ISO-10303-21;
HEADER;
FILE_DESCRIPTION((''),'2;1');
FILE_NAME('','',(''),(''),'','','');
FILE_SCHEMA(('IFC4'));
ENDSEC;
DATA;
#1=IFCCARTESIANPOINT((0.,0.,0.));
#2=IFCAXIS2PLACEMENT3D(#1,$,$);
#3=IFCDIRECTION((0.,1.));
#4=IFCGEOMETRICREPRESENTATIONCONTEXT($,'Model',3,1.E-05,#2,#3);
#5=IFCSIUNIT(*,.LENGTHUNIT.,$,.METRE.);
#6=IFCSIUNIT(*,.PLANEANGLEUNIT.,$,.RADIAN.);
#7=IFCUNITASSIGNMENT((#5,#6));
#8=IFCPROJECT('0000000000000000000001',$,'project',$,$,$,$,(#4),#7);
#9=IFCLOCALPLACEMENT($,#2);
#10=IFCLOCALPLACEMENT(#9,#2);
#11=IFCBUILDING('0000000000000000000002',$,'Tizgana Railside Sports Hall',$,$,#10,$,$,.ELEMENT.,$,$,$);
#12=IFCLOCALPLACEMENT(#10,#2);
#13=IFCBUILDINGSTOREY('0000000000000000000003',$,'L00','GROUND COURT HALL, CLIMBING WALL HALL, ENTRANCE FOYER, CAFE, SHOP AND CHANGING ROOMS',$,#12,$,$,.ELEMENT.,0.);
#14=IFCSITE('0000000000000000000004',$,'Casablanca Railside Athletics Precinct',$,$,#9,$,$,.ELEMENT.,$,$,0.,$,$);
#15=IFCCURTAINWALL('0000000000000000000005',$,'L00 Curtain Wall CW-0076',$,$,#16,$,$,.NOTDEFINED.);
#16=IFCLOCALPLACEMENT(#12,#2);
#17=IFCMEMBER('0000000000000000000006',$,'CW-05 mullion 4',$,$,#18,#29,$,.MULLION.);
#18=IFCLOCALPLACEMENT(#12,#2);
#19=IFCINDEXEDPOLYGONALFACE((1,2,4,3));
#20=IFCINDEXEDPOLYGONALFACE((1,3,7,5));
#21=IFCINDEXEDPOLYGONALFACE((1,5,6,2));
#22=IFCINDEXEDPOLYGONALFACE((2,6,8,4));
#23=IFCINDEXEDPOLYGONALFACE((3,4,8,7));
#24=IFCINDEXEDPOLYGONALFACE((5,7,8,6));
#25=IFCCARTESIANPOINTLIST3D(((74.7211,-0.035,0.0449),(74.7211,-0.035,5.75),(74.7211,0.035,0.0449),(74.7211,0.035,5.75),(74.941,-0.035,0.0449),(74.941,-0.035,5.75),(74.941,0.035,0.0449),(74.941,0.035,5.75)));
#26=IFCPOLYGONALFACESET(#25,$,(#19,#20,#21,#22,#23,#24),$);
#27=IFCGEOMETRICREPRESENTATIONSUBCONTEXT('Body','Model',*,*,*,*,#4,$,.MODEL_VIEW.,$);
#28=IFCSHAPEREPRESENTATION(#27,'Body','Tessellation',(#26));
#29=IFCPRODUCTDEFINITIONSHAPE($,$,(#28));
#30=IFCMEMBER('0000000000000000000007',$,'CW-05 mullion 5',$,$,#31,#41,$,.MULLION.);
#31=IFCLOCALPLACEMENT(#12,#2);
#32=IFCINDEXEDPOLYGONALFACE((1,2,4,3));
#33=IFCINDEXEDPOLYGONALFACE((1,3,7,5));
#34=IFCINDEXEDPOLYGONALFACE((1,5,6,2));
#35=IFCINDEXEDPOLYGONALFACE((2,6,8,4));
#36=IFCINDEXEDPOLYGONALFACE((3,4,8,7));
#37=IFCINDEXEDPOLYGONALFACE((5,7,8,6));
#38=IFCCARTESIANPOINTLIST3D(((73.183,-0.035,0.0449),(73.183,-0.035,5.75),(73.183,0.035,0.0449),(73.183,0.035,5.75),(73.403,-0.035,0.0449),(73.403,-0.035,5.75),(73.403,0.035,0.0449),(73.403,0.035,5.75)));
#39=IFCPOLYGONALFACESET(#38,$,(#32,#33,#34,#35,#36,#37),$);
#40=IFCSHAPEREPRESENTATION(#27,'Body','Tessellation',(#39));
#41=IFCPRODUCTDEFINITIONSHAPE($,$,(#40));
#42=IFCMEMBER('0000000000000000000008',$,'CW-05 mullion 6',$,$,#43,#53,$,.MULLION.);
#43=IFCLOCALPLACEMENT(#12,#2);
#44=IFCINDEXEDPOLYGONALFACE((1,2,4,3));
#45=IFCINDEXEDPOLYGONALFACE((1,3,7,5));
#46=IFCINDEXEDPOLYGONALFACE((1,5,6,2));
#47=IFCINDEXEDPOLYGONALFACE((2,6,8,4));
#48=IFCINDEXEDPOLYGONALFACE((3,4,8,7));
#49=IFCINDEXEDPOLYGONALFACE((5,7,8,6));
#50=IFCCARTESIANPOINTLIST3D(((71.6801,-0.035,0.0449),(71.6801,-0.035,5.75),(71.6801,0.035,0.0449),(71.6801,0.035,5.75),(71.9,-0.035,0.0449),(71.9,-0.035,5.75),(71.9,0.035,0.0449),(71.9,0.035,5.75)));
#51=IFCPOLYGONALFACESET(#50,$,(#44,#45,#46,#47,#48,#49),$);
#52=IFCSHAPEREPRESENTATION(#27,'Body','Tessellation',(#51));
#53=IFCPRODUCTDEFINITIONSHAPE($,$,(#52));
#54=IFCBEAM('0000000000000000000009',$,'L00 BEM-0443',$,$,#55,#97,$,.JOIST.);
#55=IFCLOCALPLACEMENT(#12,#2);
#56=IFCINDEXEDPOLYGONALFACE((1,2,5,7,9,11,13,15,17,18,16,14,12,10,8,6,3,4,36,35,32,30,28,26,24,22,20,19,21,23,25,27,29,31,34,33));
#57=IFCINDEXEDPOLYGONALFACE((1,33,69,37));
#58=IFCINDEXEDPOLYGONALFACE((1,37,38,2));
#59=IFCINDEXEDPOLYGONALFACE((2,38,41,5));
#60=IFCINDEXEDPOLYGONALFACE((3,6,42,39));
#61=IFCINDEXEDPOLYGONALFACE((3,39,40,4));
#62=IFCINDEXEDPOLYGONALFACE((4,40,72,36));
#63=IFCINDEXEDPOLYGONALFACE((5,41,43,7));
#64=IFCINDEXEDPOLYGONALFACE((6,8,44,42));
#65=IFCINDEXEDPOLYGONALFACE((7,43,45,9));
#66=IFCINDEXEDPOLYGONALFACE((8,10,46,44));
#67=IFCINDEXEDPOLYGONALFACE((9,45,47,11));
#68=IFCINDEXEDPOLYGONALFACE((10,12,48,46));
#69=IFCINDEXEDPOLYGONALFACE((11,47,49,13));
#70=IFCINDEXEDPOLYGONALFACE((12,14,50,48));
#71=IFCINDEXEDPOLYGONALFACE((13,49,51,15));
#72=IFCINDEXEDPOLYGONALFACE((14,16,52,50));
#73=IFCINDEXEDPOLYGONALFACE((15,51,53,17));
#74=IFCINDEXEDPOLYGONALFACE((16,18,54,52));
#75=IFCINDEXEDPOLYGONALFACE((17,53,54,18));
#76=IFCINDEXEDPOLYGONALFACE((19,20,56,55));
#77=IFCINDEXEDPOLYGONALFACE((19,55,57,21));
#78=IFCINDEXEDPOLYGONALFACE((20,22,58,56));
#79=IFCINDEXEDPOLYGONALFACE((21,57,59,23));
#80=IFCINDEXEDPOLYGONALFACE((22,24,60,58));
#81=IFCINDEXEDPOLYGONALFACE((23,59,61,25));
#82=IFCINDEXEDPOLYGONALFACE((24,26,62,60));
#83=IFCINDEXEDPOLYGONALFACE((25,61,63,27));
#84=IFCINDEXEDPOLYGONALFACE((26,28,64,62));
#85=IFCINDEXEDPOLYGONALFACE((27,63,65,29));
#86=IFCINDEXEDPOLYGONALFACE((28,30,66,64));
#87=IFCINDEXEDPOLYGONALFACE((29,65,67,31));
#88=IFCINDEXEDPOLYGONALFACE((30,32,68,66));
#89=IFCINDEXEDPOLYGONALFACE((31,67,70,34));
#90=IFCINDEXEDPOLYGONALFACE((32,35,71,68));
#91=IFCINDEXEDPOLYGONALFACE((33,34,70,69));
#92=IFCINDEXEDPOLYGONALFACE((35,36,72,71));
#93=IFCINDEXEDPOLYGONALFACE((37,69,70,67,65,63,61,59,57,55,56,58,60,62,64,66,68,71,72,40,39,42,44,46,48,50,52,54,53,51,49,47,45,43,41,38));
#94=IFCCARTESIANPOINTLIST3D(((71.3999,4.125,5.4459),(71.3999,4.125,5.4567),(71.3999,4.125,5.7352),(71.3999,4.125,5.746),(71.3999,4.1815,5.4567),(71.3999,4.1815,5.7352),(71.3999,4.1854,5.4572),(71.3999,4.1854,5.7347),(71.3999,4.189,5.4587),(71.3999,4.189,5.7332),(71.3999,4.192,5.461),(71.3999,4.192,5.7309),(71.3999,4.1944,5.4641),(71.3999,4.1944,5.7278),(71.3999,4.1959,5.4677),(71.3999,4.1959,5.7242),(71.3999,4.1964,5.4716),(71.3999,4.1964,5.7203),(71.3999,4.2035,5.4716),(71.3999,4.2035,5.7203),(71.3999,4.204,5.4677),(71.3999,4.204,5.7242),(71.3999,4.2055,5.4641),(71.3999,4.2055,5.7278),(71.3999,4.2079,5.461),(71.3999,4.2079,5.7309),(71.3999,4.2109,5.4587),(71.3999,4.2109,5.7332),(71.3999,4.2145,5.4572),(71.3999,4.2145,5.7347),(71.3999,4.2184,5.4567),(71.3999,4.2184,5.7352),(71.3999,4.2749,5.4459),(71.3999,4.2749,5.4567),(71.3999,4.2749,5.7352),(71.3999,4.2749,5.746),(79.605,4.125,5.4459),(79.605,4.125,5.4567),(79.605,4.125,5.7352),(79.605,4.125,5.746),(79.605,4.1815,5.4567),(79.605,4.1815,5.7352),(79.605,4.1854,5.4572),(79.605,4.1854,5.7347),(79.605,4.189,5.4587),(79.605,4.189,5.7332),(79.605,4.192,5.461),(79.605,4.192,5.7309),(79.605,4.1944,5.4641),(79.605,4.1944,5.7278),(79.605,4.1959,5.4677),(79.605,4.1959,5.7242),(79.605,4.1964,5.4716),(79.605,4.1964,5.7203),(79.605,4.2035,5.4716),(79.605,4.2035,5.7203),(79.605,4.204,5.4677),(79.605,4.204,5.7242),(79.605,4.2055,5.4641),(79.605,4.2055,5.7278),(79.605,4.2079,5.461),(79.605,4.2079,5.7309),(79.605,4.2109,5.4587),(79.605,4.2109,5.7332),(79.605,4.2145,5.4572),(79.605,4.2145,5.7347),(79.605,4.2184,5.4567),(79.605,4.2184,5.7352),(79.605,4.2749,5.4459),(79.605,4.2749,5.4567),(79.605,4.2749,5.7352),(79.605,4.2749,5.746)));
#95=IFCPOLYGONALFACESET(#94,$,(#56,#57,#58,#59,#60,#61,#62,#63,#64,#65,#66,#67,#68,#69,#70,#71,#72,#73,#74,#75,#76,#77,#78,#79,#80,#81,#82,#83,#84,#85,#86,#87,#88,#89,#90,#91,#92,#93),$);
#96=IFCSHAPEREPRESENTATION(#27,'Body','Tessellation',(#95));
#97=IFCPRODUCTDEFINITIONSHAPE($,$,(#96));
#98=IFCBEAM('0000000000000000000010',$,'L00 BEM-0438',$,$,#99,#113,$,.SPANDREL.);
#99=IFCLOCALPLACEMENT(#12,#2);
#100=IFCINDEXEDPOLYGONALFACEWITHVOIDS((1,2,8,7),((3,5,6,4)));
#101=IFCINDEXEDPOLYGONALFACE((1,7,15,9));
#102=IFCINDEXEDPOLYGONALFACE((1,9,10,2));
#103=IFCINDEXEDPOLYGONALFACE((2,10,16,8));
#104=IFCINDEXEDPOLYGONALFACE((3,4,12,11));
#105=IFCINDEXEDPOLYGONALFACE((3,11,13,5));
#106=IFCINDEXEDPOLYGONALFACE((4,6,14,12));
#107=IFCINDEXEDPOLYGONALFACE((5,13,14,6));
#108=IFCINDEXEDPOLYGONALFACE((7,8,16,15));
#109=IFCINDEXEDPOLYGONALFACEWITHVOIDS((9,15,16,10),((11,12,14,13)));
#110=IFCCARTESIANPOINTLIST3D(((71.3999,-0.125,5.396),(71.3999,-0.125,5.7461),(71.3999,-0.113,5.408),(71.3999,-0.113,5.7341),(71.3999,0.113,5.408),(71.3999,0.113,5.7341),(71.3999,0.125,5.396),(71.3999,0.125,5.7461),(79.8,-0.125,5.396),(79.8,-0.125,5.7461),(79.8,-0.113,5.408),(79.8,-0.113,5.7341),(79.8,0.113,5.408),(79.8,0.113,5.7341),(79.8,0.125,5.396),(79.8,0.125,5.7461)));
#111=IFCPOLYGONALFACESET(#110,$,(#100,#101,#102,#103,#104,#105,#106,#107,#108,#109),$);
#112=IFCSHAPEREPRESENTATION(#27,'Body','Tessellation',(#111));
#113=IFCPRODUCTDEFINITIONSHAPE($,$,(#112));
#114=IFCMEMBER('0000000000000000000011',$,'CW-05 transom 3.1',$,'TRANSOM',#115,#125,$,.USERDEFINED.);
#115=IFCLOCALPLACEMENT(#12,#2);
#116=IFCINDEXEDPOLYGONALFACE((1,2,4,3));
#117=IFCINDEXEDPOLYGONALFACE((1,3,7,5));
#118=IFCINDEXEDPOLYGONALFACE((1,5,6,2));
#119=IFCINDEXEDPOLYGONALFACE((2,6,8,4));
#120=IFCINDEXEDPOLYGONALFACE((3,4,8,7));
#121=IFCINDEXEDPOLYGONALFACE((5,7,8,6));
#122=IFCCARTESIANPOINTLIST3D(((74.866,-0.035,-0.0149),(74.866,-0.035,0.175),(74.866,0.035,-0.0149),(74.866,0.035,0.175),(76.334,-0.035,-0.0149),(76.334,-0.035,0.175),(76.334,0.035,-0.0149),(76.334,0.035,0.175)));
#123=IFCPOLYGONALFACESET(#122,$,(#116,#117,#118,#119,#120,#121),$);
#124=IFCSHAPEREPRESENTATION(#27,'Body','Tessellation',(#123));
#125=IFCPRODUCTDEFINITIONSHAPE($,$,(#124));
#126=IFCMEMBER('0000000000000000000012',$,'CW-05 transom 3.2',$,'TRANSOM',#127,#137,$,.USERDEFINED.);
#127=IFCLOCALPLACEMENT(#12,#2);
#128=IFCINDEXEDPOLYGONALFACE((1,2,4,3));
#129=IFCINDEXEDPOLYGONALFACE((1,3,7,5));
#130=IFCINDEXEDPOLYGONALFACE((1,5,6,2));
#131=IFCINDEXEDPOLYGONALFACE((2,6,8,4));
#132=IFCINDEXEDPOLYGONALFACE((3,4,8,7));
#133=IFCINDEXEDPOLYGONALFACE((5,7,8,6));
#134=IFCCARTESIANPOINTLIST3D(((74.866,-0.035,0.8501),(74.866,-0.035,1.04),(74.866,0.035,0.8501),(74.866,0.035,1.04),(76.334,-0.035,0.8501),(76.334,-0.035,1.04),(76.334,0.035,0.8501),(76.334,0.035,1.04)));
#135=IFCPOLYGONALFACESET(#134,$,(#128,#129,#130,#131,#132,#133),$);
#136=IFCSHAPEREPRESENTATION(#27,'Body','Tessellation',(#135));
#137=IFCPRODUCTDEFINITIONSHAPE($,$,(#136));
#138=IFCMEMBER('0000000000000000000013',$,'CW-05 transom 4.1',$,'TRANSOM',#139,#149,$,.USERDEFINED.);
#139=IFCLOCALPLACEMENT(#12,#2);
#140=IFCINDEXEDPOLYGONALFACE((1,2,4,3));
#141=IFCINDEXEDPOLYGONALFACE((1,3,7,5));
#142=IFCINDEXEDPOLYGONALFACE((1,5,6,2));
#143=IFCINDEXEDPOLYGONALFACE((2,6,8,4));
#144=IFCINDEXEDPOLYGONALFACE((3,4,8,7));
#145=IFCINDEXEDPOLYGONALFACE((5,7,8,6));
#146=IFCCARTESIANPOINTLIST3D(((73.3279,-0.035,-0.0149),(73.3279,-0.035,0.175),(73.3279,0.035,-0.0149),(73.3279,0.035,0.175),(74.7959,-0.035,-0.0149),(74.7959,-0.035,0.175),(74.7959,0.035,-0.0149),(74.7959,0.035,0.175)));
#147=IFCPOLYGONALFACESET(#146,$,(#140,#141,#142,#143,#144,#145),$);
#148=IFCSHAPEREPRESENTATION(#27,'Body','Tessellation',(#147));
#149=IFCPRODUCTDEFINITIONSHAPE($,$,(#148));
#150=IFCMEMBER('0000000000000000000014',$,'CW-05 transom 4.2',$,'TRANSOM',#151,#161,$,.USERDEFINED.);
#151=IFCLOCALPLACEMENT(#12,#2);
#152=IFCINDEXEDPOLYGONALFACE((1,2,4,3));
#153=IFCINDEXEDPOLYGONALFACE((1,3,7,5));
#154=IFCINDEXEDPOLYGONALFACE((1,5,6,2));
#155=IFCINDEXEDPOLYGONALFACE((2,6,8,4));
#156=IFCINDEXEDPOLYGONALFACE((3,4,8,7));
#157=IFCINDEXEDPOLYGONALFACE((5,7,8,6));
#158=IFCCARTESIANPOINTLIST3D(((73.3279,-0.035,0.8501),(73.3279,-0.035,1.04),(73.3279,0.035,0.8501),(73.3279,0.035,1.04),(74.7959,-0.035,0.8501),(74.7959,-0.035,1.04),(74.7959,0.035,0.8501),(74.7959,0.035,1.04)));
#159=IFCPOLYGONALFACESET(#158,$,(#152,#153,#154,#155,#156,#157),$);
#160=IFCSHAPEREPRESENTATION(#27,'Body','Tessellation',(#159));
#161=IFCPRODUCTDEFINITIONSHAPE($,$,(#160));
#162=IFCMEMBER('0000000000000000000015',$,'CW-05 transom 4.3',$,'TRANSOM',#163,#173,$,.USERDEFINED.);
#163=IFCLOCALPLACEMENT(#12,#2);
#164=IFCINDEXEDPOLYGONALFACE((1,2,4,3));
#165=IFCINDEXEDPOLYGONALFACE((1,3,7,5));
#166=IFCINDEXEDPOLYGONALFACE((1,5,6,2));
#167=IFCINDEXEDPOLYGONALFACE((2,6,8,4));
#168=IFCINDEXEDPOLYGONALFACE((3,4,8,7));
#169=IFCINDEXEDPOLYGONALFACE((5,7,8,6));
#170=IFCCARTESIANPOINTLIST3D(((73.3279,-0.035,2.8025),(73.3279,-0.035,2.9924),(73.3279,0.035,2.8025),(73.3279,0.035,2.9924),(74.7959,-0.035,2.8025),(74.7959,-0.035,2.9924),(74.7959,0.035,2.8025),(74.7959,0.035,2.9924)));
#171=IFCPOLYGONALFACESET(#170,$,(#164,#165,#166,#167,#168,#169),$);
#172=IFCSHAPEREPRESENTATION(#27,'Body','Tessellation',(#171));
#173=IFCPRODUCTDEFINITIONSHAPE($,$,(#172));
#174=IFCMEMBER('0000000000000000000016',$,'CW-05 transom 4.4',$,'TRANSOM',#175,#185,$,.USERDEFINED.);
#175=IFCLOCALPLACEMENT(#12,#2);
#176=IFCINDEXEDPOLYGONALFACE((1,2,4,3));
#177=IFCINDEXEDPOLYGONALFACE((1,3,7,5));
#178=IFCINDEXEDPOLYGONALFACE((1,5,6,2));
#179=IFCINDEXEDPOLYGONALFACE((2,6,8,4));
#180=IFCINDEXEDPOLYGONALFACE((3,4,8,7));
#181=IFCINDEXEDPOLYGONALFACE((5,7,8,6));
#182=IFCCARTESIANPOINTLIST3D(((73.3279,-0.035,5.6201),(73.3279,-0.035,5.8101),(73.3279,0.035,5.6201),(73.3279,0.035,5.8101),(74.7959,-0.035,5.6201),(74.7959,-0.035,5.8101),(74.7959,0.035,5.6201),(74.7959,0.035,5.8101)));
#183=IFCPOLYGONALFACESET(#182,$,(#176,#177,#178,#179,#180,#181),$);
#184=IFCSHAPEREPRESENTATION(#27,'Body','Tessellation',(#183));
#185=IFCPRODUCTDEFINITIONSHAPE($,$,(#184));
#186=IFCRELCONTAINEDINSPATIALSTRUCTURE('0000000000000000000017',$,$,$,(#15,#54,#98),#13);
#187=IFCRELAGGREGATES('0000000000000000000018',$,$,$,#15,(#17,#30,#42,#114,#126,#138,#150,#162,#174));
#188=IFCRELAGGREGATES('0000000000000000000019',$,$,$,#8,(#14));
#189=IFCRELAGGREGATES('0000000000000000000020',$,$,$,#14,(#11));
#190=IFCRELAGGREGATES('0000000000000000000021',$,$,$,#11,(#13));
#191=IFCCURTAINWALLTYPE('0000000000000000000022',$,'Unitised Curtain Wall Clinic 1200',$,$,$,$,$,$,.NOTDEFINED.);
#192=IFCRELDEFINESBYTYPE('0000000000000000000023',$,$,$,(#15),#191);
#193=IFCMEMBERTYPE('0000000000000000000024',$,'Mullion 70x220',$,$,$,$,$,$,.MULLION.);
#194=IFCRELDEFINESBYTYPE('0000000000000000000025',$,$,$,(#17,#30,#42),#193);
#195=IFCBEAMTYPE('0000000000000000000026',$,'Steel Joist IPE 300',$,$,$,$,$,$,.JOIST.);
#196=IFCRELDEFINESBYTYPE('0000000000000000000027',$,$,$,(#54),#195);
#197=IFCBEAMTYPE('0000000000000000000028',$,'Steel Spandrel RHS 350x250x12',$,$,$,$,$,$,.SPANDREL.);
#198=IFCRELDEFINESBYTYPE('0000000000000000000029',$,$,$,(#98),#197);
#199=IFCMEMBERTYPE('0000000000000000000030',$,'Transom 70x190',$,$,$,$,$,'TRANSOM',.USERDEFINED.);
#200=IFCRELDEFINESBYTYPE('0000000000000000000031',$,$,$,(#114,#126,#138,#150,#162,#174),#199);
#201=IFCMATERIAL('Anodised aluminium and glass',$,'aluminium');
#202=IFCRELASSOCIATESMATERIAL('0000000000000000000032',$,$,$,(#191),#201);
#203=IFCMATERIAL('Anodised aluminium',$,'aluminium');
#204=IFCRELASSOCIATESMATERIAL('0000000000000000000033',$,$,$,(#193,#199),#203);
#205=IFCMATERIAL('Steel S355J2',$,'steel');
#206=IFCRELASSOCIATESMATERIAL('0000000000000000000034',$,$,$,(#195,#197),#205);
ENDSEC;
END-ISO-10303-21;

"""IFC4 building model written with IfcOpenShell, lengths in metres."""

from ifc_helpers import new_model, si_unit, direction, frame, origin, origin_2d, place, context, subcontext, project, spatial, rectangle, hollow_rectangle, i_section, extrude, material, material_profile, profile_set, type_object, element, aggregate, save


model = new_model("IFC4")

# Units and contexts
model_context = context("Model", 3, precision=1e-05, world=origin(), true_north=direction((0.0, 1.0)))
body_context = subcontext(model_context, "Body", "Model", "MODEL_VIEW")
ifc_project = project(units=[si_unit("LENGTHUNIT", "METRE"), si_unit("PLANEANGLEUNIT", "RADIAN")], contexts=[model_context])

# Site, building, storey
site_placement = place(None, origin())
site = spatial("IfcSite", under=ifc_project, at=site_placement, Name="Casablanca Railside Athletics Precinct", CompositionType="ELEMENT", RefElevation=0.0)
building_placement = place(site_placement, origin())
building = spatial("IfcBuilding", under=site, at=building_placement, Name="Tizgana Railside Sports Hall", CompositionType="ELEMENT")
storey_placement = place(building_placement, origin())
storey = spatial("IfcBuildingStorey", under=building, at=storey_placement, Name="L00", Description="GROUND COURT HALL, CLIMBING WALL HALL, ENTRANCE FOYER, CAFE, SHOP AND CHANGING ROOMS", CompositionType="ELEMENT", Elevation=0.0)

# Curtain wall, members
ifc_material_1 = material(Name="Anodised aluminium and glass", Category="aluminium")
curtain_wall_type = type_object("IfcCurtainWallType", Name="Unitised Curtain Wall Clinic 1200", PredefinedType="NOTDEFINED", material=ifc_material_1)
curtain_wall_placement = place(storey_placement, origin())
curtain_wall = element("IfcCurtainWall", 1, at=curtain_wall_placement, inside=storey, type_object=curtain_wall_type, Name="L00 Curtain Wall CW-0076", PredefinedType="NOTDEFINED")
ifc_material_2 = material(Name="Anodised aluminium", Category="aluminium")
ifc_material_profile_1 = material_profile(ifc_material_2, rectangle(XDim=0.0701, YDim=0.22, at=origin_2d()), Name="Mullion 70x220")
ifc_profile_set_1 = profile_set([ifc_material_profile_1], Name="Anodised aluminium")
member_type_1 = type_object("IfcMemberType", Name="Mullion 70x220", PredefinedType="MULLION", material=ifc_profile_set_1)
member_1_placement = place(storey_placement, frame((74.8311, 0.0, 0.0449), z_axis=(0.0, 0.0, 1.0), x_axis=(0.0, -1.0, 0.0)))
member_1 = element("IfcMember", 2, at=member_1_placement, type_object=member_type_1, Name="CW-05 mullion 4", PredefinedType="MULLION", context=body_context, shape_type="SweptSolid", body=[
    extrude(rectangle(XDim=0.0701, YDim=0.22, at=origin_2d()), origin(), (0.0, 0.0, 1.0), 5.7051),
])
member_2_placement = place(storey_placement, frame((73.293, 0.0, 0.0449), z_axis=(0.0, 0.0, 1.0), x_axis=(0.0, -1.0, 0.0)))
member_2 = element("IfcMember", 3, at=member_2_placement, type_object=member_type_1, Name="CW-05 mullion 5", PredefinedType="MULLION", context=body_context, shape_type="SweptSolid", body=[
    extrude(rectangle(XDim=0.0701, YDim=0.22, at=origin_2d()), origin(), (0.0, 0.0, 1.0), 5.7051),
])
member_3_placement = place(storey_placement, frame((71.79, 0.0, 0.0449), z_axis=(0.0, 0.0, 1.0), x_axis=(0.0, -1.0, 0.0)))
member_3 = element("IfcMember", 4, at=member_3_placement, type_object=member_type_1, Name="CW-05 mullion 6", PredefinedType="MULLION", context=body_context, shape_type="SweptSolid", body=[
    extrude(rectangle(XDim=0.0701, YDim=0.22, at=origin_2d()), origin(), (0.0, 0.0, 1.0), 5.7051),
])

# Beams
ifc_material_3 = material(Name="Steel S355J2", Category="steel")
ifc_material_profile_2 = material_profile(ifc_material_3, i_section(OverallWidth=0.1499, OverallDepth=0.3, WebThickness=0.0071, FlangeThickness=0.0107, FilletRadius=0.0149, at=origin_2d()), Name="IPE 300")
ifc_profile_set_2 = profile_set([ifc_material_profile_2], Name="Steel S355J2")
beam_type_1 = type_object("IfcBeamType", Name="Steel Joist IPE 300", PredefinedType="JOIST", material=ifc_profile_set_2)
beam_1_placement = place(storey_placement, frame((71.3999, 4.2, 5.5959), z_axis=(1.0, 0.0, 0.0), x_axis=(0.0, 1.0, 0.0)))
element("IfcBeam", 5, at=beam_1_placement, inside=storey, type_object=beam_type_1, Name="L00 BEM-0443", PredefinedType="JOIST", context=body_context, shape_type="SweptSolid", body=[
    extrude(i_section(OverallWidth=0.1499, OverallDepth=0.3, WebThickness=0.0071, FlangeThickness=0.0107, FilletRadius=0.0149, at=origin_2d()), origin(), (0.0, 0.0, 1.0), 8.2051),
])
ifc_material_profile_3 = material_profile(ifc_material_3, hollow_rectangle(XDim=0.25, YDim=0.3501, WallThickness=0.012, at=origin_2d()), Name="RHS 350x250x12")
ifc_profile_set_3 = profile_set([ifc_material_profile_3], Name="Steel S355J2")
beam_type_2 = type_object("IfcBeamType", Name="Steel Spandrel RHS 350x250x12", PredefinedType="SPANDREL", material=ifc_profile_set_3)
beam_2_placement = place(storey_placement, frame((71.3999, 0.0, 5.571), z_axis=(1.0, 0.0, 0.0), x_axis=(0.0, 1.0, 0.0)))
element("IfcBeam", 6, at=beam_2_placement, inside=storey, type_object=beam_type_2, Name="L00 BEM-0438", PredefinedType="SPANDREL", context=body_context, shape_type="SweptSolid", body=[
    extrude(hollow_rectangle(XDim=0.25, YDim=0.3501, WallThickness=0.012, at=origin_2d()), origin(), (0.0, 0.0, 1.0), 8.4001),
])

# Members
ifc_material_profile_4 = material_profile(ifc_material_2, rectangle(XDim=0.0701, YDim=0.1899, at=origin_2d()), Name="Transom 70x190")
ifc_profile_set_4 = profile_set([ifc_material_profile_4], Name="Anodised aluminium")
member_type_2 = type_object("IfcMemberType", Name="Transom 70x190", ElementType="TRANSOM", PredefinedType="USERDEFINED", material=ifc_profile_set_4)
member_4_placement = place(storey_placement, frame((76.334, 0.0, 0.0801), z_axis=(-1.0, 0.0, 0.0), x_axis=(0.0, -1.0, 0.0)))
member_4 = element("IfcMember", 7, at=member_4_placement, type_object=member_type_2, Name="CW-05 transom 3.1", ObjectType="TRANSOM", PredefinedType="USERDEFINED", context=body_context, shape_type="SweptSolid", body=[
    extrude(rectangle(XDim=0.0701, YDim=0.1899, at=origin_2d()), origin(), (0.0, 0.0, 1.0), 1.468),
])
member_5_placement = place(storey_placement, frame((76.334, 0.0, 0.9451), z_axis=(-1.0, 0.0, 0.0), x_axis=(0.0, -1.0, 0.0)))
member_5 = element("IfcMember", 8, at=member_5_placement, type_object=member_type_2, Name="CW-05 transom 3.2", ObjectType="TRANSOM", PredefinedType="USERDEFINED", context=body_context, shape_type="SweptSolid", body=[
    extrude(rectangle(XDim=0.0701, YDim=0.1899, at=origin_2d()), origin(), (0.0, 0.0, 1.0), 1.468),
])
member_6_placement = place(storey_placement, frame((74.7959, 0.0, 0.0801), z_axis=(-1.0, 0.0, 0.0), x_axis=(0.0, -1.0, 0.0)))
member_6 = element("IfcMember", 9, at=member_6_placement, type_object=member_type_2, Name="CW-05 transom 4.1", ObjectType="TRANSOM", PredefinedType="USERDEFINED", context=body_context, shape_type="SweptSolid", body=[
    extrude(rectangle(XDim=0.0701, YDim=0.1899, at=origin_2d()), origin(), (0.0, 0.0, 1.0), 1.468),
])
member_7_placement = place(storey_placement, frame((74.7959, 0.0, 0.9451), z_axis=(-1.0, 0.0, 0.0), x_axis=(0.0, -1.0, 0.0)))
member_7 = element("IfcMember", 10, at=member_7_placement, type_object=member_type_2, Name="CW-05 transom 4.2", ObjectType="TRANSOM", PredefinedType="USERDEFINED", context=body_context, shape_type="SweptSolid", body=[
    extrude(rectangle(XDim=0.0701, YDim=0.1899, at=origin_2d()), origin(), (0.0, 0.0, 1.0), 1.468),
])
member_8_placement = place(storey_placement, frame((74.7959, 0.0, 2.8975), z_axis=(-1.0, 0.0, 0.0), x_axis=(0.0, -1.0, 0.0)))
member_8 = element("IfcMember", 11, at=member_8_placement, type_object=member_type_2, Name="CW-05 transom 4.3", ObjectType="TRANSOM", PredefinedType="USERDEFINED", context=body_context, shape_type="SweptSolid", body=[
    extrude(rectangle(XDim=0.0701, YDim=0.1899, at=origin_2d()), origin(), (0.0, 0.0, 1.0), 1.468),
])
member_9_placement = place(storey_placement, frame((74.7959, 0.0, 5.7151), z_axis=(-1.0, 0.0, 0.0), x_axis=(0.0, -1.0, 0.0)))
member_9 = element("IfcMember", 12, at=member_9_placement, type_object=member_type_2, Name="CW-05 transom 4.4", ObjectType="TRANSOM", PredefinedType="USERDEFINED", context=body_context, shape_type="SweptSolid", body=[
    extrude(rectangle(XDim=0.0701, YDim=0.1899, at=origin_2d()), origin(), (0.0, 0.0, 1.0), 1.468),
])

aggregate(curtain_wall, [member_1, member_2, member_3, member_4, member_5, member_6, member_7, member_8, member_9])

save(model, "model.ifc")
